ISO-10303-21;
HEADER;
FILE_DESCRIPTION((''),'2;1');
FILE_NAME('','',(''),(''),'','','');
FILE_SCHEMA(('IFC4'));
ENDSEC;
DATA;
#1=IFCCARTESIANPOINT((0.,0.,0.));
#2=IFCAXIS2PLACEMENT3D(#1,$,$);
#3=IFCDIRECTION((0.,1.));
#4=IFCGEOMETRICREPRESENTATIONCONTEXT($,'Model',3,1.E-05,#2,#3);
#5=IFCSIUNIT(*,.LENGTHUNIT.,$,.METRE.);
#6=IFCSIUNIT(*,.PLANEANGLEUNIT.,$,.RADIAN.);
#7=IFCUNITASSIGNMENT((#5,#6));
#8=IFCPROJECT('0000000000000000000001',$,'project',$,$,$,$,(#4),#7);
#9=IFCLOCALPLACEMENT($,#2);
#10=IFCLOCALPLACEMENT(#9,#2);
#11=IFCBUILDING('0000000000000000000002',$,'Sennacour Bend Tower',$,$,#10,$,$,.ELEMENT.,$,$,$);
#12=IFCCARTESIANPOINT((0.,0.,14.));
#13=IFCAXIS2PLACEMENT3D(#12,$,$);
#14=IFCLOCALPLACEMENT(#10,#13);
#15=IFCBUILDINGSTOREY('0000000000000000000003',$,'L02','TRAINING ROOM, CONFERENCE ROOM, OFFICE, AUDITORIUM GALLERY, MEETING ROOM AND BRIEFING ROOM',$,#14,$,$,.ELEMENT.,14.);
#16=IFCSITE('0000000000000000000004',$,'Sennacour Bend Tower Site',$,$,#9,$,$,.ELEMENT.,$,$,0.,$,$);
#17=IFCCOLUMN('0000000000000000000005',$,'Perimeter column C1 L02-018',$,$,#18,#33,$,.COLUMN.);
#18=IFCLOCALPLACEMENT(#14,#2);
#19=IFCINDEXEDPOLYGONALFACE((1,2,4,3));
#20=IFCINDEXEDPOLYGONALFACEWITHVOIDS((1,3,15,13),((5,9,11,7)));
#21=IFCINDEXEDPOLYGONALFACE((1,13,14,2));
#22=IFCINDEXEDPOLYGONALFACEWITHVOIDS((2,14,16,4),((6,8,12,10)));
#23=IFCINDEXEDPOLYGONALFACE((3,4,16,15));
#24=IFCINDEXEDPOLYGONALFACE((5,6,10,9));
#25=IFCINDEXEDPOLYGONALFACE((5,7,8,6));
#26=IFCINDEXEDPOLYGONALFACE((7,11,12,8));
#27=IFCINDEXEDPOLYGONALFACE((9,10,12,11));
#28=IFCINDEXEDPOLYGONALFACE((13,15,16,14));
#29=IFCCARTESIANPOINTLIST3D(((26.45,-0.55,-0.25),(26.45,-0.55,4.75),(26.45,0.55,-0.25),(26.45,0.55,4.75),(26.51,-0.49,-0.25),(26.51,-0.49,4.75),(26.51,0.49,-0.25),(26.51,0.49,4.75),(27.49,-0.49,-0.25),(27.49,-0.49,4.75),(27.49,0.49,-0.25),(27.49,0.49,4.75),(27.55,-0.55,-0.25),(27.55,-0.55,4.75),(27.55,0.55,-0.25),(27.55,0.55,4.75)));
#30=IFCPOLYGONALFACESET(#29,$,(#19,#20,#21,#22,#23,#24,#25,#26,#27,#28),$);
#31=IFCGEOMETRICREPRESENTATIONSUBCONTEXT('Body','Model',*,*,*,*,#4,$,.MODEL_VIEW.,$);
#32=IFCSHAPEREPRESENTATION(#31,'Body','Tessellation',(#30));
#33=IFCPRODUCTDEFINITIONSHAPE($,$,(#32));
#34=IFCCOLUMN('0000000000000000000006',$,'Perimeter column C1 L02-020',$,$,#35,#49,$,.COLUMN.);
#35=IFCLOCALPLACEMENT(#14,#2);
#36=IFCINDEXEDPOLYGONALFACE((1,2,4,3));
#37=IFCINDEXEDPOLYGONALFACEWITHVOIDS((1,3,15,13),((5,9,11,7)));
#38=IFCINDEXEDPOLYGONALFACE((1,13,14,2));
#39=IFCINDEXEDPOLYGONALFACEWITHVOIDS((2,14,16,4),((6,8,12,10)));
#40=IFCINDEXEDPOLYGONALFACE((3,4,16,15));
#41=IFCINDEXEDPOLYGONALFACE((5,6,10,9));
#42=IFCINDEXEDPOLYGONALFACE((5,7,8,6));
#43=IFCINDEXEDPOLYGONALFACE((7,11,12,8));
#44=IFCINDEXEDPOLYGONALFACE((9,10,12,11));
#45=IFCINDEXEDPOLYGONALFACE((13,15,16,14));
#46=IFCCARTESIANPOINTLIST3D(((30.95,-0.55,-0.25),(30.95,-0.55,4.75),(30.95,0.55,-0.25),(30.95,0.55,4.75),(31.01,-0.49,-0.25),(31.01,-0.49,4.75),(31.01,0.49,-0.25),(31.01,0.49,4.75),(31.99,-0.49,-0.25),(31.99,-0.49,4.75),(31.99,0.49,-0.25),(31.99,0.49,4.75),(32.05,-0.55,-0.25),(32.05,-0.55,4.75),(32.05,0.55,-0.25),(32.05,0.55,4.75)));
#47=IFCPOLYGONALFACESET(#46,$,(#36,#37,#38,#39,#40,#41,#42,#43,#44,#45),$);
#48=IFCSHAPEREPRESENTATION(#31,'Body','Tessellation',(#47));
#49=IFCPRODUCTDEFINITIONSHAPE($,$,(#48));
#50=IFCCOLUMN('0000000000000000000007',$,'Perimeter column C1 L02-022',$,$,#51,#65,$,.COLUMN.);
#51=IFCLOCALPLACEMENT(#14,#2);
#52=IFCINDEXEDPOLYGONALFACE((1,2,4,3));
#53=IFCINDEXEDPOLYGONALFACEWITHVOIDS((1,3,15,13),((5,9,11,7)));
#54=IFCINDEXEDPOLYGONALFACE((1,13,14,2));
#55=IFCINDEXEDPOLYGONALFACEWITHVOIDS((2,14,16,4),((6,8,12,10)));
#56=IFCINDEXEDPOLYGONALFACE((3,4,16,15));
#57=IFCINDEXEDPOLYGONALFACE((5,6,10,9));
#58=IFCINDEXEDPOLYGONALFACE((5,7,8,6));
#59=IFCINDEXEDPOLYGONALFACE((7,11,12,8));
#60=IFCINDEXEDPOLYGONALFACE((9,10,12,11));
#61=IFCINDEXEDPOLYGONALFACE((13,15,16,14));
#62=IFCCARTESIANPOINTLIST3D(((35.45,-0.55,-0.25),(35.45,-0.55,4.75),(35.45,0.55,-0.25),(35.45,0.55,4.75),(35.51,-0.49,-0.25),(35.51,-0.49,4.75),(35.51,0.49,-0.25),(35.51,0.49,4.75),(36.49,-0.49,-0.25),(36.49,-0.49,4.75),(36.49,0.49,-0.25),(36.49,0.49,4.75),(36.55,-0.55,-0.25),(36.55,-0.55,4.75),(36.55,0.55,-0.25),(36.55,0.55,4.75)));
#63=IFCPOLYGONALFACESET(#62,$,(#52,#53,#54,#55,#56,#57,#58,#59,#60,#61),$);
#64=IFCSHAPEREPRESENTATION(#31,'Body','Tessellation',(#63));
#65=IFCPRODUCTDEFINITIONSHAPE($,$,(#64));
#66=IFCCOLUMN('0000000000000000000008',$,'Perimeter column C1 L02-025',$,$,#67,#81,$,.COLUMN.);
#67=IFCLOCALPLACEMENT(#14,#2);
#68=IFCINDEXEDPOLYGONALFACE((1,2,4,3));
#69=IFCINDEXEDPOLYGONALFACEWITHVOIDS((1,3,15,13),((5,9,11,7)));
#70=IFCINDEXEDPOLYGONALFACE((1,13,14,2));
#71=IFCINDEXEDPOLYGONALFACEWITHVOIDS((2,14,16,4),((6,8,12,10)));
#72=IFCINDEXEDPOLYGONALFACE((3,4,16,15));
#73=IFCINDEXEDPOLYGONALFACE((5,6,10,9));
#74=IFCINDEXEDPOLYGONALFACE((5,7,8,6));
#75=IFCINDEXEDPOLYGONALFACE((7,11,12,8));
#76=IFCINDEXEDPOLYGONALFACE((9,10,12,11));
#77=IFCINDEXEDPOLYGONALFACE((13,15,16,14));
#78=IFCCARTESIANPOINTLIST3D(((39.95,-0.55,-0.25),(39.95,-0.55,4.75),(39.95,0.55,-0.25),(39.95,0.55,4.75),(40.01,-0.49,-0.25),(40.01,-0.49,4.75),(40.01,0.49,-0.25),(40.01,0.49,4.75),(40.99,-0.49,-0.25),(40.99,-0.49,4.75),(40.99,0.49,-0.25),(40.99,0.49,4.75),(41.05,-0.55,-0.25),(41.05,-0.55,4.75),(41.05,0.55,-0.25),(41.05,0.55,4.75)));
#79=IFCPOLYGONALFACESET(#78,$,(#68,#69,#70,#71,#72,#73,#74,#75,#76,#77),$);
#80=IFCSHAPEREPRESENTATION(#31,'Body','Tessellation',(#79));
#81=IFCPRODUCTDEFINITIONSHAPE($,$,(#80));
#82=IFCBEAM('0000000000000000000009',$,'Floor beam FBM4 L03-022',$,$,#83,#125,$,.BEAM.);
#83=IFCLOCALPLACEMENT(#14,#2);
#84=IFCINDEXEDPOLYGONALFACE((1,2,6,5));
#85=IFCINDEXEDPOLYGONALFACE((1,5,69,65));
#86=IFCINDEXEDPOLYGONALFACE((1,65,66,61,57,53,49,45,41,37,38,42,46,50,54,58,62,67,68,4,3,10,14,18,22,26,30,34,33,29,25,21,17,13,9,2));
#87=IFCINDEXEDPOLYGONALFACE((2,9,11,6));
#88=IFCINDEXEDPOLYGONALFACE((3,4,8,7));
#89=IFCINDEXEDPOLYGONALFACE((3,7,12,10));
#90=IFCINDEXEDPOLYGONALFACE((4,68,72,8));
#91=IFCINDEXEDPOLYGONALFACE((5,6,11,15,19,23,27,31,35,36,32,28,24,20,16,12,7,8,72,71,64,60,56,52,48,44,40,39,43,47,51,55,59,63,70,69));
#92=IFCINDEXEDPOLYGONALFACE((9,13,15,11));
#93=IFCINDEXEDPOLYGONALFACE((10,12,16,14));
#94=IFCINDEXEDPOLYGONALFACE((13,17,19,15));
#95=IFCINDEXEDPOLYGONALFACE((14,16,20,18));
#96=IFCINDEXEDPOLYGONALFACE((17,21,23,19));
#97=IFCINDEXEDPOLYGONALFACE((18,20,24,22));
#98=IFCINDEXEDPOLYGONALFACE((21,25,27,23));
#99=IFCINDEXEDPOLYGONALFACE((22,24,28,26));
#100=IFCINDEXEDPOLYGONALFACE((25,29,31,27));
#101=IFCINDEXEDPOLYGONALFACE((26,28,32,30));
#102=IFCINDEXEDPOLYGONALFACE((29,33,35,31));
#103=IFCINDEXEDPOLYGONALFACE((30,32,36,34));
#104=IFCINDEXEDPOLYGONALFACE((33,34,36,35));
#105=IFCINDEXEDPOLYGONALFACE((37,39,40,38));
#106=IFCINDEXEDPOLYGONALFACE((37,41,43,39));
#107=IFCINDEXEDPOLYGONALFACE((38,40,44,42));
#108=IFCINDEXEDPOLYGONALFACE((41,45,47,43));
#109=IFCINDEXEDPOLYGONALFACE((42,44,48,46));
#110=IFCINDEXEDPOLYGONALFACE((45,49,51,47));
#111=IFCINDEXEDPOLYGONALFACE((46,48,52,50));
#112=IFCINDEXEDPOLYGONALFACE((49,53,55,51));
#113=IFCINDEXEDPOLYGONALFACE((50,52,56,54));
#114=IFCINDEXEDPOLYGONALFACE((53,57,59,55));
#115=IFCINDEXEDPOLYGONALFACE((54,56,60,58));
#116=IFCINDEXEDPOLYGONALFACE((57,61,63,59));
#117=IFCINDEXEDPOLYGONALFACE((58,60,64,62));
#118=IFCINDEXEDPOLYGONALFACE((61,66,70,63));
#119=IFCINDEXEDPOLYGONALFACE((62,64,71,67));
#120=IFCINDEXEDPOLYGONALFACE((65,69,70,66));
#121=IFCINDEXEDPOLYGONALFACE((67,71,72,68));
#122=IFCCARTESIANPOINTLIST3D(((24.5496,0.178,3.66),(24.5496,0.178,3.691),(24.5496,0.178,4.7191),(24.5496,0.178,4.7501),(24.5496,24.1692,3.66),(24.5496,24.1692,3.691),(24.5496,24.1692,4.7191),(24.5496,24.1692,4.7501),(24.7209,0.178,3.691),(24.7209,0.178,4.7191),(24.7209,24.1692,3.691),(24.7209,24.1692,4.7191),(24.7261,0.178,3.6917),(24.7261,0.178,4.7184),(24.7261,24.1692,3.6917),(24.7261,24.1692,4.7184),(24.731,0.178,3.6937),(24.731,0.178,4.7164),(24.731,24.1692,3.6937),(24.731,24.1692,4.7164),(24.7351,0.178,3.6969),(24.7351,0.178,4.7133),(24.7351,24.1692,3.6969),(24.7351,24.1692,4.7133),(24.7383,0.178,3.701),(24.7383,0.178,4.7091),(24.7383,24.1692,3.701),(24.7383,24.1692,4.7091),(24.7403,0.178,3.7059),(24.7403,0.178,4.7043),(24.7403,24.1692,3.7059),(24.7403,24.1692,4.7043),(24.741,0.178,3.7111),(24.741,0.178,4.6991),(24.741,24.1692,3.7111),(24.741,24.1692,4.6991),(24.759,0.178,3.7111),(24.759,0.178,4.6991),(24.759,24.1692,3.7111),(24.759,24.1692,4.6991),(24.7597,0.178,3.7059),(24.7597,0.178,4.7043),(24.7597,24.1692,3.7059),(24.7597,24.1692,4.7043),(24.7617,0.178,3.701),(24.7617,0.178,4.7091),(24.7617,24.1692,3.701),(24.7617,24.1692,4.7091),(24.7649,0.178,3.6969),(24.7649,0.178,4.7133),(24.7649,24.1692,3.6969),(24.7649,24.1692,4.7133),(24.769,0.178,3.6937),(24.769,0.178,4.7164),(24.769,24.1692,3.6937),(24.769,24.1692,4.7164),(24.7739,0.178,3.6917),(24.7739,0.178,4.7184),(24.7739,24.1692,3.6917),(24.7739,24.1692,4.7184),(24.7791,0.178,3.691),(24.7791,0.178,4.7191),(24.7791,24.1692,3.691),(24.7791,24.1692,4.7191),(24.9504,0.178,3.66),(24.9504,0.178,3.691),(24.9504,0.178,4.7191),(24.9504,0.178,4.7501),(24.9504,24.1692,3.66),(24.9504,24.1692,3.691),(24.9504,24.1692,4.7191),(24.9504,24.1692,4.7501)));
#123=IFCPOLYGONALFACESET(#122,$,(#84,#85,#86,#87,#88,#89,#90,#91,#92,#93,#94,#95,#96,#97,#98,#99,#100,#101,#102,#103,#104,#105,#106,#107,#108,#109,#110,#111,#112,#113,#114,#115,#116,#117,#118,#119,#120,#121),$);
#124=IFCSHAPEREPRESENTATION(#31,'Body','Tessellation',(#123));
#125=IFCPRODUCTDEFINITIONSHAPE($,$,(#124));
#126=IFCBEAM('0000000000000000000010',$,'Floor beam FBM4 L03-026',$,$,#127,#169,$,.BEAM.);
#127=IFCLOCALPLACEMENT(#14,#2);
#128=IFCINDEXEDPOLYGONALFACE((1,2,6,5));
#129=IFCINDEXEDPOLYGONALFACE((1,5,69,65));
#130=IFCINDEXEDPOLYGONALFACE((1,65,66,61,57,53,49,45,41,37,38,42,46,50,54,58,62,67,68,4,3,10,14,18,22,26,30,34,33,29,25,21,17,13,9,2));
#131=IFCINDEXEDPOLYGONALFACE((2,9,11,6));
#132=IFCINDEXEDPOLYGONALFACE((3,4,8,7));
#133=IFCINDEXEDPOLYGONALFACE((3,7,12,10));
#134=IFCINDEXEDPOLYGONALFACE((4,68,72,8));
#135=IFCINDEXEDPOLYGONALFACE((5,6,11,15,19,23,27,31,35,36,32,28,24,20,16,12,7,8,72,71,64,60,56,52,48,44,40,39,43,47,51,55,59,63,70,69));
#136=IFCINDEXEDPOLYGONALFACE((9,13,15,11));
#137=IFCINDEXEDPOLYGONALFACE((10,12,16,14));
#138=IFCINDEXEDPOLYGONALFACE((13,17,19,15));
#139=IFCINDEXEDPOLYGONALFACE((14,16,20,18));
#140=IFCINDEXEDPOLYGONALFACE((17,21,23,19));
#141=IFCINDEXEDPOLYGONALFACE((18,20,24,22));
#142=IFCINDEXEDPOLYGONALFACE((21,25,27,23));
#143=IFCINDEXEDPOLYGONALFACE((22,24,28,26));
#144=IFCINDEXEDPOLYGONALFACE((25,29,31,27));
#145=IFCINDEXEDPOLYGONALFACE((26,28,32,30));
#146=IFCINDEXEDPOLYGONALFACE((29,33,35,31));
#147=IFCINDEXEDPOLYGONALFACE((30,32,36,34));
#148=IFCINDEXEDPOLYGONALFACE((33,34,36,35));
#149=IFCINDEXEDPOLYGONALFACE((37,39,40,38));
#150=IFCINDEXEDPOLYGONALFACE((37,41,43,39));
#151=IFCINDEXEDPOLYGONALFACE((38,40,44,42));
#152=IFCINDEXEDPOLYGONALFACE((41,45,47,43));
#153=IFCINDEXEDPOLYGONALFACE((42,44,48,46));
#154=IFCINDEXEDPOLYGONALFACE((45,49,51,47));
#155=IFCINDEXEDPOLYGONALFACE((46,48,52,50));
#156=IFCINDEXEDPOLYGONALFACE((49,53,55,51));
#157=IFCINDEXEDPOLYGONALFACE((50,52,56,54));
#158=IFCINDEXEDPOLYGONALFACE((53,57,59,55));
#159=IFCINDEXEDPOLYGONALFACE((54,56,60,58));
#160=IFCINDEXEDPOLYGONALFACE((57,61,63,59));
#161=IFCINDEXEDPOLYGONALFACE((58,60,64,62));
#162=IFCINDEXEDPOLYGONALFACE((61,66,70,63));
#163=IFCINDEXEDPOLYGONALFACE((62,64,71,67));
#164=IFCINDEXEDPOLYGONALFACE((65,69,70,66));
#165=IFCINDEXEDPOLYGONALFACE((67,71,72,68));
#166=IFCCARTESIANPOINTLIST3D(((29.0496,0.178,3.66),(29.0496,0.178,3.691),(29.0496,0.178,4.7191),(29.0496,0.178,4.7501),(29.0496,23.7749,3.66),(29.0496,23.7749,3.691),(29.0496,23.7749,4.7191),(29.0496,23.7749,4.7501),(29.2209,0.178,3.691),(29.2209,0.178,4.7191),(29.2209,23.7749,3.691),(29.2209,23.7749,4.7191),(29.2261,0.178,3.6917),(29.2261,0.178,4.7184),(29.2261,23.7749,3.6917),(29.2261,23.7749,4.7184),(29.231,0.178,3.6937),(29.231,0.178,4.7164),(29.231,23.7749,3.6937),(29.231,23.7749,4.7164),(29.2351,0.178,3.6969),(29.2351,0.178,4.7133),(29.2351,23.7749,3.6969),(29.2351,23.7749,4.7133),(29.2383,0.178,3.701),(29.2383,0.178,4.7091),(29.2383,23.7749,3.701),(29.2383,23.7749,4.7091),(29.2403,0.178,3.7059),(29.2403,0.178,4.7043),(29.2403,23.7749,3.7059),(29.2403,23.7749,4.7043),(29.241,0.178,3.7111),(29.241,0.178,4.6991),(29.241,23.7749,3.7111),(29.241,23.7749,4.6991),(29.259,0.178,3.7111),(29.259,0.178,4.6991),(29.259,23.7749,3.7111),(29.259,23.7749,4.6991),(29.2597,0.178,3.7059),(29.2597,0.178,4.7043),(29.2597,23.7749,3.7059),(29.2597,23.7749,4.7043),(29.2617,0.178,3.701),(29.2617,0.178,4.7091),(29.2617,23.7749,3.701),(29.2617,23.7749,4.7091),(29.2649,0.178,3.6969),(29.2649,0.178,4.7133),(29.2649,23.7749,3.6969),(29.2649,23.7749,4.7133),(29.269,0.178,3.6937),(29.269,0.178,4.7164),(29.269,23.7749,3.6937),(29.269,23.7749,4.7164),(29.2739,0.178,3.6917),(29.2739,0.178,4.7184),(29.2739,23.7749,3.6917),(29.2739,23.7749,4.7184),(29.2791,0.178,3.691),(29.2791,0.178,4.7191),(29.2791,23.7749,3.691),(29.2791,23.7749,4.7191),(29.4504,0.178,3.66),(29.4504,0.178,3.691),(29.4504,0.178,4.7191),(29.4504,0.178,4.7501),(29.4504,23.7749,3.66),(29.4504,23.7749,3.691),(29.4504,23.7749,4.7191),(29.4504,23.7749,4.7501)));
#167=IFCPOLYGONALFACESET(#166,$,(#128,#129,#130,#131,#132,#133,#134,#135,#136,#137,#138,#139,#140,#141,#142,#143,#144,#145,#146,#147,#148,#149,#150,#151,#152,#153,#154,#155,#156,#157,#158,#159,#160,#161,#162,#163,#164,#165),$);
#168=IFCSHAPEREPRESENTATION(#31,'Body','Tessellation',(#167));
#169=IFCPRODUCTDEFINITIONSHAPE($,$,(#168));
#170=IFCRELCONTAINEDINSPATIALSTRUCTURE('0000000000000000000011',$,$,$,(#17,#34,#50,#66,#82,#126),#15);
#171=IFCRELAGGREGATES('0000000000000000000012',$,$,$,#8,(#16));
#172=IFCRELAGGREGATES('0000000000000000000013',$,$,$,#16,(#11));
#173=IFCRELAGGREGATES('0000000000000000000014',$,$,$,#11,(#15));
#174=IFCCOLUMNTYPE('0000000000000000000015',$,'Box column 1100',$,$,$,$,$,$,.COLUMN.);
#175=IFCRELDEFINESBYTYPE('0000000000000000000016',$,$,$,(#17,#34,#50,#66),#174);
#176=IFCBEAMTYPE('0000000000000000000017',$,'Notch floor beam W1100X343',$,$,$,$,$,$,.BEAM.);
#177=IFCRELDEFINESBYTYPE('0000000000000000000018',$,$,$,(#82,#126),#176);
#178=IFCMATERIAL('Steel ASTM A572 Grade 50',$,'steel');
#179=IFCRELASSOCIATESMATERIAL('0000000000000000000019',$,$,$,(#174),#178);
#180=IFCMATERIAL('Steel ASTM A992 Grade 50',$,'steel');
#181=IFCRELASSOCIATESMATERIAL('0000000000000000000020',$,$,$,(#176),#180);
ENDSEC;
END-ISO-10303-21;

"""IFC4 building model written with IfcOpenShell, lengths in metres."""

from ifc_helpers import new_model, si_unit, direction, frame, origin, origin_2d, place, context, subcontext, project, spatial, hollow_rectangle, i_section, extrude, material, material_profile, profile_set, type_object, element, save


model = new_model("IFC4")

# Units and contexts
model_context = context("Model", 3, precision=1e-05, world=origin(), true_north=direction((0.0, 1.0)))
body_context = subcontext(model_context, "Body", "Model", "MODEL_VIEW")
ifc_project = project(units=[si_unit("LENGTHUNIT", "METRE"), si_unit("PLANEANGLEUNIT", "RADIAN")], contexts=[model_context])

# Site, building, storey
site_placement = place(None, origin())
site = spatial("IfcSite", under=ifc_project, at=site_placement, Name="Sennacour Bend Tower Site", CompositionType="ELEMENT", RefElevation=0.0)
building_placement = place(site_placement, origin())
building = spatial("IfcBuilding", under=site, at=building_placement, Name="Sennacour Bend Tower", CompositionType="ELEMENT")
storey_placement = place(building_placement, frame((0.0, 0.0, 14.0)))
storey = spatial("IfcBuildingStorey", under=building, at=storey_placement, Name="L02", Description="TRAINING ROOM, CONFERENCE ROOM, OFFICE, AUDITORIUM GALLERY, MEETING ROOM AND BRIEFING ROOM", CompositionType="ELEMENT", Elevation=14.0)

# Columns
ifc_material_1 = material(Name="Steel ASTM A572 Grade 50", Category="steel")
ifc_material_profile_1 = material_profile(ifc_material_1, hollow_rectangle(XDim=1.1001, YDim=1.1001, WallThickness=0.0601, at=origin_2d()), Name="Steel ASTM A572 Grade 50", Category="steel")
ifc_profile_set_1 = profile_set([ifc_material_profile_1], Name="Steel ASTM A572 Grade 50")
column_type = type_object("IfcColumnType", Name="Box column 1100", PredefinedType="COLUMN", material=ifc_profile_set_1)
for number, where, z_axis, x_axis, name in (
    (1, (27.0, 0.0, -0.25), (0.0, 0.0, 1.0), (1.0, 0.0, 0.0), "Perimeter column C1 L02-018"),
    (2, (31.5, 0.0, -0.25), (0.0, 0.0, 1.0), (1.0, 0.0, 0.0), "Perimeter column C1 L02-020"),
    (3, (36.0, 0.0, -0.25), (0.0, 0.0, 1.0), (1.0, 0.0, 0.0), "Perimeter column C1 L02-022"),
    (4, (40.5, 0.0, -0.25), (0.0, 0.0, 1.0), (1.0, 0.0, 0.0), "Perimeter column C1 L02-025"),
):
    element("IfcColumn", number, at=place(storey_placement, frame(where, z_axis=z_axis, x_axis=x_axis)), inside=storey, type_object=column_type, Name=name, PredefinedType="COLUMN", context=body_context, shape_type="SweptSolid", body=[
        extrude(hollow_rectangle(XDim=1.1001, YDim=1.1001, WallThickness=0.0601, at=origin_2d()), origin(), (0.0, 0.0, 1.0), 5.0),
    ])

# Beams
ifc_material_2 = material(Name="Steel ASTM A992 Grade 50", Category="steel")
ifc_material_profile_2 = material_profile(ifc_material_2, i_section(OverallWidth=0.4009, OverallDepth=1.0901, WebThickness=0.0181, FlangeThickness=0.031, FilletRadius=0.02, at=origin_2d()), Name="Steel ASTM A992 Grade 50", Category="steel")
ifc_profile_set_2 = profile_set([ifc_material_profile_2], Name="Steel ASTM A992 Grade 50")
beam_type_1 = type_object("IfcBeamType", Name="Notch floor beam W1100X343", PredefinedType="BEAM", material=ifc_profile_set_2)
beam_placement = place(storey_placement, frame((24.75, 0.178, 4.2051), z_axis=(0.0, 1.0, 0.0), x_axis=(-1.0, 0.0, 0.0)))
element("IfcBeam", 5, at=beam_placement, inside=storey, type_object=beam_type_1, Name="Floor beam FBM4 L03-022", PredefinedType="BEAM", context=body_context, shape_type="SweptSolid", body=[
    extrude(i_section(OverallWidth=0.4009, OverallDepth=1.0901, WebThickness=0.0181, FlangeThickness=0.031, FilletRadius=0.02, at=origin_2d()), origin(), (0.0, 0.0, 1.0), 23.9912),
])
for number, where, z_axis, x_axis, name in (
    (6, (29.25, 0.178, 4.2051), (0.0, 1.0, 0.0), (-1.0, 0.0, 0.0), "Floor beam FBM4 L03-026"),
):
    element("IfcBeam", number, at=place(storey_placement, frame(where, z_axis=z_axis, x_axis=x_axis)), inside=storey, type_object=beam_type_1, Name=name, PredefinedType="BEAM", context=body_context, shape_type="SweptSolid", body=[
        extrude(i_section(OverallWidth=0.4009, OverallDepth=1.0901, WebThickness=0.0181, FlangeThickness=0.031, FilletRadius=0.02, at=origin_2d()), origin(), (0.0, 0.0, 1.0), 23.5969),
    ])

save(model, "model.ifc")
